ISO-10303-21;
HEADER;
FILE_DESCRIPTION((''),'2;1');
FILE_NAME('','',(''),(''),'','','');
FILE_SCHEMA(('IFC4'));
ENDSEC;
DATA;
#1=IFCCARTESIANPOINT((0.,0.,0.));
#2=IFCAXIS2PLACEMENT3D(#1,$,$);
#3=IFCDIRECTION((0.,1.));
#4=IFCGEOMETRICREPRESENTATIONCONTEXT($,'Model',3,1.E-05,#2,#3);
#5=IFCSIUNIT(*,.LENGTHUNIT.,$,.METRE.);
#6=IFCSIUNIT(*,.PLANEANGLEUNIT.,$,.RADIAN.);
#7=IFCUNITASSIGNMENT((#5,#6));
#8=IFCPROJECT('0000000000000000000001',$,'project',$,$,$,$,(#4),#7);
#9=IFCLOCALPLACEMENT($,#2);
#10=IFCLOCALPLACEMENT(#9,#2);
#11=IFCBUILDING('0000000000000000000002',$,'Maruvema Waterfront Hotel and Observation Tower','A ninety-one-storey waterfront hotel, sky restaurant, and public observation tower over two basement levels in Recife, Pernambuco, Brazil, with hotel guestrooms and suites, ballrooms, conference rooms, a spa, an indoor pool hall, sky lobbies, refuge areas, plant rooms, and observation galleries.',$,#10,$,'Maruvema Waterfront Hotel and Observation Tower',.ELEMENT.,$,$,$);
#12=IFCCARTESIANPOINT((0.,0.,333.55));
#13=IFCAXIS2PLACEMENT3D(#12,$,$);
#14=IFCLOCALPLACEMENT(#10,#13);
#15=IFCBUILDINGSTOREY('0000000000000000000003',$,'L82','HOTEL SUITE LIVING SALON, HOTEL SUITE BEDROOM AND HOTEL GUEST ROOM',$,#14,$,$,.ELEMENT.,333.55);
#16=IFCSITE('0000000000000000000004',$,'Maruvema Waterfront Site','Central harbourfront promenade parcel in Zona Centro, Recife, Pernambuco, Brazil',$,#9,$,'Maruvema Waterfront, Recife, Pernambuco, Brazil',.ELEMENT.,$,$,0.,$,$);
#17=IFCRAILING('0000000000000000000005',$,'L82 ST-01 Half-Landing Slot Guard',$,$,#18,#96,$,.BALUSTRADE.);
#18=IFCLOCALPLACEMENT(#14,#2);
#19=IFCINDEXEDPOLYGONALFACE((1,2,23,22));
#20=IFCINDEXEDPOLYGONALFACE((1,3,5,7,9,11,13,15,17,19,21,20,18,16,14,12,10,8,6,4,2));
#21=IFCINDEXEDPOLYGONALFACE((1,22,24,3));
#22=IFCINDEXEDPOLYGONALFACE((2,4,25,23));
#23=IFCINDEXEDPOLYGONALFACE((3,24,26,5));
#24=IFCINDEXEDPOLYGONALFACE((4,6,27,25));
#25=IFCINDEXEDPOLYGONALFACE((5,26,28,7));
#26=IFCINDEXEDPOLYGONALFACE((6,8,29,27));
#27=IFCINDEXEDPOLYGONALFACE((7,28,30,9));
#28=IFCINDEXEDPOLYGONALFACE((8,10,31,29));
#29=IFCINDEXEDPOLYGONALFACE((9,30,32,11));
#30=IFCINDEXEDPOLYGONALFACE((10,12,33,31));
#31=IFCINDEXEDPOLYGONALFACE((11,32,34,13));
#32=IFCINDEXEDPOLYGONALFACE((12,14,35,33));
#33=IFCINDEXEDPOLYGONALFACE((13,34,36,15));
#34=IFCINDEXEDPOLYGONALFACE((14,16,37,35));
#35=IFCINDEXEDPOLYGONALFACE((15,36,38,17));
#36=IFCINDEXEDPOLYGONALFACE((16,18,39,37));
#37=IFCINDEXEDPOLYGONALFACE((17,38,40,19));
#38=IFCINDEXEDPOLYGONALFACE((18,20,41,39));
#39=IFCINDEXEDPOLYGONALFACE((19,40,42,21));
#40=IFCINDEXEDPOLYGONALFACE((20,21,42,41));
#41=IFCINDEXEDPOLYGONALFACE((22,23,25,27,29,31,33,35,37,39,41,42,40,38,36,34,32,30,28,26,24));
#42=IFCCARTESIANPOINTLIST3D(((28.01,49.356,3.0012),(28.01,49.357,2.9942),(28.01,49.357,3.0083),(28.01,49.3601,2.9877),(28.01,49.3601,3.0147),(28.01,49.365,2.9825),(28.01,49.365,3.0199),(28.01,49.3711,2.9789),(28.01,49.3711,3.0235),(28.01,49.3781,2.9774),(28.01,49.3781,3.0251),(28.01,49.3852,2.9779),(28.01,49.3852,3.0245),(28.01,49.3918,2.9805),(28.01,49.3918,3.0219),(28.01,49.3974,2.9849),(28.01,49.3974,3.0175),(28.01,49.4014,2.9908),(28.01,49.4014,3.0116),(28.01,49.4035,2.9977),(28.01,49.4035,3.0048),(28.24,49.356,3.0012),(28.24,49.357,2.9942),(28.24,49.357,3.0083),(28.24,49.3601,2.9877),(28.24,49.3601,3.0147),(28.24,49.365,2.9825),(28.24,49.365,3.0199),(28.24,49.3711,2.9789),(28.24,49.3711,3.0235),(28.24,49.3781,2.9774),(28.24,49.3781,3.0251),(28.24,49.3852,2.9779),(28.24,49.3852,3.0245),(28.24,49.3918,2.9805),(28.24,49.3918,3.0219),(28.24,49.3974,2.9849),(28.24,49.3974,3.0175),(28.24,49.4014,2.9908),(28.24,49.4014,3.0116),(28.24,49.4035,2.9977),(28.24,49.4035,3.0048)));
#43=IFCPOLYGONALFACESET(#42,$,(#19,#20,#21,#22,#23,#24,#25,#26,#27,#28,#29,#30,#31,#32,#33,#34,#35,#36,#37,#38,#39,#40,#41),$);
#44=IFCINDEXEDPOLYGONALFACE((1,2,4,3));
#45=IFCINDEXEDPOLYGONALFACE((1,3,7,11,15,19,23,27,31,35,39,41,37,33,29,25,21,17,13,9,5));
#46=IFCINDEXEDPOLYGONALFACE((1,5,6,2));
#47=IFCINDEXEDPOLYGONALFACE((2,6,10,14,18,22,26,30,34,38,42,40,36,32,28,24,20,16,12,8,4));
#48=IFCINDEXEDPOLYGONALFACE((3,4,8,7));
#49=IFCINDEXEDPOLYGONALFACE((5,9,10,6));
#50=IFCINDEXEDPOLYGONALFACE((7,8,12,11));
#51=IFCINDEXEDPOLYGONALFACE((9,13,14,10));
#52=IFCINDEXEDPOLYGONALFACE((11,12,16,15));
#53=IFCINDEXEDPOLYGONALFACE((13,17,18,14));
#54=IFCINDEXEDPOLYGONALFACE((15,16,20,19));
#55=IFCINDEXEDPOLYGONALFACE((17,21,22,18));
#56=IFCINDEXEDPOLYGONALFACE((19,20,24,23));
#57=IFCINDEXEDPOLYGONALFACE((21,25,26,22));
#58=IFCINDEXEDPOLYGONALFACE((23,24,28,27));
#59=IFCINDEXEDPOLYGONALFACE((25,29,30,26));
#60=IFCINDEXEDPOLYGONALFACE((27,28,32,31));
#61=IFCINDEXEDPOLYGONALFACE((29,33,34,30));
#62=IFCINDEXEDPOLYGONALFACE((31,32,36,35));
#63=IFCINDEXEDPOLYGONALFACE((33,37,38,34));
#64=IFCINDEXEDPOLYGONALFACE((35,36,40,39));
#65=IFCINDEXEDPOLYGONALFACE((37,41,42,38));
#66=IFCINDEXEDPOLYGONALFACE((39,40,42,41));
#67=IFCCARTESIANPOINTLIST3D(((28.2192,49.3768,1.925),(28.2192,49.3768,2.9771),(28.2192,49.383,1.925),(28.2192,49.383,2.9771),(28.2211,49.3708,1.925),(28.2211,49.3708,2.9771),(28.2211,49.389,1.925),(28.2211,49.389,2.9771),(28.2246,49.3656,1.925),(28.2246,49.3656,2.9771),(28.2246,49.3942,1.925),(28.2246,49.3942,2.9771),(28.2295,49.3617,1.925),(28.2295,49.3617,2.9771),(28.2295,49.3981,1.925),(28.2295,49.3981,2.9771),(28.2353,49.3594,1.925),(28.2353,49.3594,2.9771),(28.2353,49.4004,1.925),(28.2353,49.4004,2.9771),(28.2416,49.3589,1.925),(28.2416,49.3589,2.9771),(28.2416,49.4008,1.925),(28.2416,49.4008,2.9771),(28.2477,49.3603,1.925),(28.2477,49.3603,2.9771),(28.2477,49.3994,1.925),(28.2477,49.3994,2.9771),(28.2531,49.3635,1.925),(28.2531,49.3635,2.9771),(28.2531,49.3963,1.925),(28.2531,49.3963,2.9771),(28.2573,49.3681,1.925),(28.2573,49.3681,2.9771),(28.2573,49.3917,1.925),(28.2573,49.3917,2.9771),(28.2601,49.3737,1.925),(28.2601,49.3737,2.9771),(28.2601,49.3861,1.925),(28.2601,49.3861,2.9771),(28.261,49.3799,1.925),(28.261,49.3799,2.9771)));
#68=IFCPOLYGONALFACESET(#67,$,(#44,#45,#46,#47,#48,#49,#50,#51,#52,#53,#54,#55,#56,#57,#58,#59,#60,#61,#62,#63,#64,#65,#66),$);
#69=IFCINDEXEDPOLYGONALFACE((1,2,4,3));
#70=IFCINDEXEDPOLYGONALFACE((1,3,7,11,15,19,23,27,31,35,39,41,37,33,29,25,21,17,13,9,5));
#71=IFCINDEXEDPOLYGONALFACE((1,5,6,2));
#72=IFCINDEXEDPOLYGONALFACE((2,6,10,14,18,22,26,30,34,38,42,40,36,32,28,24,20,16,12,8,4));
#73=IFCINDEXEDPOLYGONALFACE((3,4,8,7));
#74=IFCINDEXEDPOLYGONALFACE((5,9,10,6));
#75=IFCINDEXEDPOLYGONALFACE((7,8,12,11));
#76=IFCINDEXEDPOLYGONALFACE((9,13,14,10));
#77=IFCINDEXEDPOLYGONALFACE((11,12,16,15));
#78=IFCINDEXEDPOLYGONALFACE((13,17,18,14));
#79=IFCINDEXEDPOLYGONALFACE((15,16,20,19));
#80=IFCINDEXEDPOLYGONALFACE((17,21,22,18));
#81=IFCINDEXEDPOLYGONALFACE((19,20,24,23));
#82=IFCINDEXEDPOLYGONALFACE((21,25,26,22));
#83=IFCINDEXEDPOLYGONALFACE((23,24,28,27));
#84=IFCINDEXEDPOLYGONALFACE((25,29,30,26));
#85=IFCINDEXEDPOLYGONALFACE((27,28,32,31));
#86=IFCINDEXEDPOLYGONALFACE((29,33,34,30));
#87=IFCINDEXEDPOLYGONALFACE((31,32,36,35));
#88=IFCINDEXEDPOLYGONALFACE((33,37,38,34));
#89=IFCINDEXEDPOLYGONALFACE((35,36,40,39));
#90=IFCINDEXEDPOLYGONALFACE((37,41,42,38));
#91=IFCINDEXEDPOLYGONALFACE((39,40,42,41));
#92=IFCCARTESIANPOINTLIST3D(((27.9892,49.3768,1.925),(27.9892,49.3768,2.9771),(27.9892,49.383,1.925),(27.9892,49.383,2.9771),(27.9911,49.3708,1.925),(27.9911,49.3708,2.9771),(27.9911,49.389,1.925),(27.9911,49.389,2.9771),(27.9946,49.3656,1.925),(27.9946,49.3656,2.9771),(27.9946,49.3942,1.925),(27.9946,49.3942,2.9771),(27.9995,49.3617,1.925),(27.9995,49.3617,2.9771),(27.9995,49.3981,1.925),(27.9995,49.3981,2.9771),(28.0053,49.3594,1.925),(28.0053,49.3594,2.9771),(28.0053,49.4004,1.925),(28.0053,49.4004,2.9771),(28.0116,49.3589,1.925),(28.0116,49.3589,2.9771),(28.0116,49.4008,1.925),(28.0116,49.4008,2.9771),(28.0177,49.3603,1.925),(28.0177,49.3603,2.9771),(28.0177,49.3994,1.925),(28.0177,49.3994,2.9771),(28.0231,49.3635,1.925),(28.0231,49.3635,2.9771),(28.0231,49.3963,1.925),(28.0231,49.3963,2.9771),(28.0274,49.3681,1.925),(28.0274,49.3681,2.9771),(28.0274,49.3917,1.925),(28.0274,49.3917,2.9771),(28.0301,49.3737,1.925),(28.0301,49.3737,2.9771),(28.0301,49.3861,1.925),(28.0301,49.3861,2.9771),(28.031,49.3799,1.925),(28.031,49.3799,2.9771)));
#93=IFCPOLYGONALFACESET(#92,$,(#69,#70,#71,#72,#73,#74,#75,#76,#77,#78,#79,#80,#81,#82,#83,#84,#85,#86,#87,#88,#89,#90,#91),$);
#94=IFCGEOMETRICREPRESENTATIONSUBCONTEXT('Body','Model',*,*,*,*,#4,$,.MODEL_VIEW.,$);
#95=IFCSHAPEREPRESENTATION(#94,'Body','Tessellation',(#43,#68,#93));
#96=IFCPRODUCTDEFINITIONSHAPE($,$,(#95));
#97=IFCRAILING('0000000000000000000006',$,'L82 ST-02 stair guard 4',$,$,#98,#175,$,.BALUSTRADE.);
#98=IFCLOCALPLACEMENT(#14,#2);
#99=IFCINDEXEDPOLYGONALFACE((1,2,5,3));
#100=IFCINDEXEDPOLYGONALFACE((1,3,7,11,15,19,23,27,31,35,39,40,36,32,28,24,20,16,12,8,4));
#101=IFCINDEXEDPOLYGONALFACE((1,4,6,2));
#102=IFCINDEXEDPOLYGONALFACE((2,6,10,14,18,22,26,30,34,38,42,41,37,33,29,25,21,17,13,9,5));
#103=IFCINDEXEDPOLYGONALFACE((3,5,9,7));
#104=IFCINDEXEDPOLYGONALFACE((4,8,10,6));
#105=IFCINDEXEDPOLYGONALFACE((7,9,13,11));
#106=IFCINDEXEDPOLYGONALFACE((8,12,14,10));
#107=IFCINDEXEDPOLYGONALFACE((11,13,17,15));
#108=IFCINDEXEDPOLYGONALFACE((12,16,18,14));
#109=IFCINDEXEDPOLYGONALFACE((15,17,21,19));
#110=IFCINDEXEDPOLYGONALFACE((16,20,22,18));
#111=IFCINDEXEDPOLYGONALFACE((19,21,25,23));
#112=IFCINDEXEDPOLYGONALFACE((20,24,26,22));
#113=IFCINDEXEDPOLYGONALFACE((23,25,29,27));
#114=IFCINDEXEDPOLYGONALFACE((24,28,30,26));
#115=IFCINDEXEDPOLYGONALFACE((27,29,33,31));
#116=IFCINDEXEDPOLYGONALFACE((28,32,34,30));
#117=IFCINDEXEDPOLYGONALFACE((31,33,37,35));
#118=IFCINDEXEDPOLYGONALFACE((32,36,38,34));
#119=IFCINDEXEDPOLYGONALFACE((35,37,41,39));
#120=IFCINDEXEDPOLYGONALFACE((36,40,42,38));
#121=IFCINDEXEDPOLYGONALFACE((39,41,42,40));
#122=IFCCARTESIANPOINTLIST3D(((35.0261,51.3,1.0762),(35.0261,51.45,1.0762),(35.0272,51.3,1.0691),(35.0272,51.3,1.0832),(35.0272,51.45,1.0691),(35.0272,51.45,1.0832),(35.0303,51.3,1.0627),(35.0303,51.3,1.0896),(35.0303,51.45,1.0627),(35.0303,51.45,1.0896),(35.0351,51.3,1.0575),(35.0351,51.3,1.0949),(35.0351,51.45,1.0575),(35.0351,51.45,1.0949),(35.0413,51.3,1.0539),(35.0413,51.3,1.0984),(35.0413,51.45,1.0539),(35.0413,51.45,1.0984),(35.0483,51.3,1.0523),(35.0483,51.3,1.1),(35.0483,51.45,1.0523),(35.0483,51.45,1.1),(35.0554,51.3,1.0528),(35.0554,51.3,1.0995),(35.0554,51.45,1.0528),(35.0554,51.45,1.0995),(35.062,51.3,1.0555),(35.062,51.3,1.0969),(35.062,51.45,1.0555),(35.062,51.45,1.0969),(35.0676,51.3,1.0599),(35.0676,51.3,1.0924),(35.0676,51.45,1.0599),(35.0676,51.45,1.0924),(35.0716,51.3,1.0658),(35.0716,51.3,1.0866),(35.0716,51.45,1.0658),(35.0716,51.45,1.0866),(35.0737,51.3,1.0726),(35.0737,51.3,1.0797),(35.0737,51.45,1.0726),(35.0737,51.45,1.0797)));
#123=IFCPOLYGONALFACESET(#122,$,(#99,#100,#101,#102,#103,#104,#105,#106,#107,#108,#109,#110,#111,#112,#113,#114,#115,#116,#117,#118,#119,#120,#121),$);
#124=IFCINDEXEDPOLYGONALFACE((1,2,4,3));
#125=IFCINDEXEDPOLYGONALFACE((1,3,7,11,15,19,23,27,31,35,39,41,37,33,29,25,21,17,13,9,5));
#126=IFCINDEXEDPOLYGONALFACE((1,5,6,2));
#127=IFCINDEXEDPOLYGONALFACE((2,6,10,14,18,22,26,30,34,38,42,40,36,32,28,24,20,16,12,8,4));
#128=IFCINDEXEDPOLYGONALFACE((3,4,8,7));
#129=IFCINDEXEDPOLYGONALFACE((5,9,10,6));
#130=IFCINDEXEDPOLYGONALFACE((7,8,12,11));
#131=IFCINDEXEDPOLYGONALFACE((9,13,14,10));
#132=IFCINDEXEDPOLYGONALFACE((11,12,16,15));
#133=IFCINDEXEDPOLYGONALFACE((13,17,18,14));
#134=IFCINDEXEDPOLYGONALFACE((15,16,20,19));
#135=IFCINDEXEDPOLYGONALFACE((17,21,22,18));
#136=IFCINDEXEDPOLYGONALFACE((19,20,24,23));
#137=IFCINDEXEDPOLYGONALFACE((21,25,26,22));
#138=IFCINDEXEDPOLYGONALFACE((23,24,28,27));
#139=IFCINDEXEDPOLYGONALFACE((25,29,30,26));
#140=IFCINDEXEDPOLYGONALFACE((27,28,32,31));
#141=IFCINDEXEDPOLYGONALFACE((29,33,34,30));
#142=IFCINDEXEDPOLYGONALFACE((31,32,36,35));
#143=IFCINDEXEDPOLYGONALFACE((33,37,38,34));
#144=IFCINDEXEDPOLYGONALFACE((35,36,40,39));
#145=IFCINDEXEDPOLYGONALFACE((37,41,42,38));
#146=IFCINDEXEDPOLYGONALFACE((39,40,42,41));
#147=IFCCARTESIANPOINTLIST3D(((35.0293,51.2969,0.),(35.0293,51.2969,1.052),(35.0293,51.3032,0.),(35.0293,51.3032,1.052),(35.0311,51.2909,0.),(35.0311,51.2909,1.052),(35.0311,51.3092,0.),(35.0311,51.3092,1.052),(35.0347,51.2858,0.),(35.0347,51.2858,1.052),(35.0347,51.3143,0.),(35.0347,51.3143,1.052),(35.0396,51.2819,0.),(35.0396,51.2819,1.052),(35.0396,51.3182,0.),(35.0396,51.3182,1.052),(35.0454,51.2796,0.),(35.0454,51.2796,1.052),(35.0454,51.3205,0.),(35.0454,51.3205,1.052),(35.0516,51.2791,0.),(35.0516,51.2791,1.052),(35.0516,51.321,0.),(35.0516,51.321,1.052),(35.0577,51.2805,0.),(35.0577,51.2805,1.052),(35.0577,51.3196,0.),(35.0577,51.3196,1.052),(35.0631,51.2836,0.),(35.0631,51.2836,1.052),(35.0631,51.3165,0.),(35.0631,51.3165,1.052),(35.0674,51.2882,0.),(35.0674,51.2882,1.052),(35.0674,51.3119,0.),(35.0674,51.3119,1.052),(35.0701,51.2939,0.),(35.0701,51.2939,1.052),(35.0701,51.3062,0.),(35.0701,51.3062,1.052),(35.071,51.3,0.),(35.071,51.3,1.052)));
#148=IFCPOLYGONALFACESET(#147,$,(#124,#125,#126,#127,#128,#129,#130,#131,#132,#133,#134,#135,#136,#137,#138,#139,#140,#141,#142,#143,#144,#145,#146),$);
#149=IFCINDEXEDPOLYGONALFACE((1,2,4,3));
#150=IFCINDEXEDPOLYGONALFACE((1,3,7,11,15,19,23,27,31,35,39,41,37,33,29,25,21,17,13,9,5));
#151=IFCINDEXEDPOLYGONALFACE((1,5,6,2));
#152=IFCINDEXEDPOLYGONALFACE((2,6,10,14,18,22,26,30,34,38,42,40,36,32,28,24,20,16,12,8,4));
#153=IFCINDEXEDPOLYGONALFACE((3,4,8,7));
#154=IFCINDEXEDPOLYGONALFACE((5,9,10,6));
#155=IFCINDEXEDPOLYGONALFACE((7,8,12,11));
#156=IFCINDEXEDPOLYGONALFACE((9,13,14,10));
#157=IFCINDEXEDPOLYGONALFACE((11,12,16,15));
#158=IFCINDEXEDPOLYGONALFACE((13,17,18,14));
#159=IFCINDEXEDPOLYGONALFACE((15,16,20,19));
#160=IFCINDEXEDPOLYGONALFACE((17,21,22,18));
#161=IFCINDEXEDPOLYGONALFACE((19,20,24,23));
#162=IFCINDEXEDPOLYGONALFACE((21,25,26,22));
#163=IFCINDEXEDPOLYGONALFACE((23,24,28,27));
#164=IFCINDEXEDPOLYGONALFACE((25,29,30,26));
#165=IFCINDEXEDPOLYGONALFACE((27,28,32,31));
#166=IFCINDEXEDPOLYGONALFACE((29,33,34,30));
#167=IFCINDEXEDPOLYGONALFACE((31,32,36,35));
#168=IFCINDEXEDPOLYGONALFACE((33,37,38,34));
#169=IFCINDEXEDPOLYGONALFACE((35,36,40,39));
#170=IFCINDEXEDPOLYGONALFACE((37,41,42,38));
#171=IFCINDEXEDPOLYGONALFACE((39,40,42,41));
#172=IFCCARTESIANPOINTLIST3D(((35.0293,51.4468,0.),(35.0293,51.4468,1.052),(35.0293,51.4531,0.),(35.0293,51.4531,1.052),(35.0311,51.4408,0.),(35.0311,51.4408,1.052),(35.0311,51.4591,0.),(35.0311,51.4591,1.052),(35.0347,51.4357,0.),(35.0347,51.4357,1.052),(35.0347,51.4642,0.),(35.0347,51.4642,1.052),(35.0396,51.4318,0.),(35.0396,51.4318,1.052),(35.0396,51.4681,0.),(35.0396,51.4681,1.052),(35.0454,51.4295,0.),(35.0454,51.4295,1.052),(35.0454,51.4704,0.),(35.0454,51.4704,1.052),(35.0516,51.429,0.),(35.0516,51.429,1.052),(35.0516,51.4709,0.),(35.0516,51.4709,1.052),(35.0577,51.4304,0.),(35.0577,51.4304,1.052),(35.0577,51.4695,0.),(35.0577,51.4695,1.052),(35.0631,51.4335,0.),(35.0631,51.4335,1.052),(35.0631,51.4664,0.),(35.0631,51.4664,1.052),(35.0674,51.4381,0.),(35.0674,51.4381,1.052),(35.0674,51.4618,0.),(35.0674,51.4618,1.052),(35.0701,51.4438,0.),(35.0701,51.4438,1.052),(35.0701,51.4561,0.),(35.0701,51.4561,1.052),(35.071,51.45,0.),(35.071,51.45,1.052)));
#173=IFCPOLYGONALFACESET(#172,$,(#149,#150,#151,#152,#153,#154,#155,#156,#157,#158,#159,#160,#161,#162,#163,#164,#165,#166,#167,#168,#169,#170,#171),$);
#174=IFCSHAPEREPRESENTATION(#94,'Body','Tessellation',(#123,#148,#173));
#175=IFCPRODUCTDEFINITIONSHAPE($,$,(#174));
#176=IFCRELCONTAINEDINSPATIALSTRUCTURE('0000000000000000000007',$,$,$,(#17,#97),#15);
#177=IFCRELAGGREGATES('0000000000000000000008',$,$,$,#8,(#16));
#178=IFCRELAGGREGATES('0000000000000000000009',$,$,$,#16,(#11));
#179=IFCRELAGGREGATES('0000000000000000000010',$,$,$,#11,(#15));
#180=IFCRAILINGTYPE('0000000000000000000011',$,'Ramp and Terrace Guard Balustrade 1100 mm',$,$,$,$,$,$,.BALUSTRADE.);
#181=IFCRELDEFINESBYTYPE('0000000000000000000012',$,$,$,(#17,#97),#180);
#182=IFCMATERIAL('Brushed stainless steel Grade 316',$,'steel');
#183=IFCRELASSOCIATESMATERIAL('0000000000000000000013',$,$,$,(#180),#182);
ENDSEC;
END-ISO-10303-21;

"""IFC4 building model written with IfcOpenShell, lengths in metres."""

from ifc_helpers import new_model, si_unit, direction, frame, origin, origin_2d, place, context, subcontext, project, spatial, circle, extrude, material, type_object, element, save


model = new_model("IFC4")

# Units and contexts
model_context = context("Model", 3, precision=1e-05, world=origin(), true_north=direction((0.0, 1.0)))
body_context = subcontext(model_context, "Body", "Model", "MODEL_VIEW")
ifc_project = project(units=[si_unit("LENGTHUNIT", "METRE"), si_unit("PLANEANGLEUNIT", "RADIAN")], contexts=[model_context])

# Site, building, storey
site_placement = place(None, origin())
site = spatial("IfcSite", under=ifc_project, at=site_placement, Name="Maruvema Waterfront Site", Description="Central harbourfront promenade parcel in Zona Centro, Recife, Pernambuco, Brazil", LongName="Maruvema Waterfront, Recife, Pernambuco, Brazil", CompositionType="ELEMENT", RefElevation=0.0)
building_placement = place(site_placement, origin())
building = spatial("IfcBuilding", under=site, at=building_placement, Name="Maruvema Waterfront Hotel and Observation Tower", Description="A ninety-one-storey waterfront hotel, sky restaurant, and public observation tower over two basement levels in Recife, Pernambuco, Brazil, with hotel guestrooms and suites, ballrooms, conference rooms, a spa, an indoor pool hall, sky lobbies, refuge areas, plant rooms, and observation galleries.", LongName="Maruvema Waterfront Hotel and Observation Tower", CompositionType="ELEMENT")
storey_placement = place(building_placement, frame((0.0, 0.0, 333.55)))
storey = spatial("IfcBuildingStorey", under=building, at=storey_placement, Name="L82", Description="HOTEL SUITE LIVING SALON, HOTEL SUITE BEDROOM AND HOTEL GUEST ROOM", CompositionType="ELEMENT", Elevation=333.55)

# Railings
ifc_material_1 = material(Name="Brushed stainless steel Grade 316", Category="steel")
railing_type_1 = type_object("IfcRailingType", Name="Ramp and Terrace Guard Balustrade 1100 mm", PredefinedType="BALUSTRADE", material=ifc_material_1)
railing_1_placement = place(storey_placement, frame((28.24, 49.3799, 1.925)))
element("IfcRailing", 1, at=railing_1_placement, inside=storey, type_object=railing_type_1, Name="L82 ST-01 Half-Landing Slot Guard", PredefinedType="BALUSTRADE", context=body_context, shape_type="SweptSolid", body=[
    extrude(circle(Radius=0.0239, at=origin_2d()), frame((0.0, 0.0, 1.0762), z_axis=(-1.0, 0.0, 0.0), x_axis=(0.0, -1.0, 0.0)), (0.0, 0.0, 1.0), 0.23),
    extrude(circle(Radius=0.021, at=origin_2d()), origin(), (0.0, 0.0, 1.0), 1.052),
    extrude(circle(Radius=0.021, at=origin_2d()), frame((-0.23, 0.0, 0.0)), (0.0, 0.0, 1.0), 1.052),
])
railing_2_placement = place(storey_placement, frame((35.05, 51.3, 0.0)))
element("IfcRailing", 2, at=railing_2_placement, inside=storey, type_object=railing_type_1, Name="L82 ST-02 stair guard 4", PredefinedType="BALUSTRADE", context=body_context, shape_type="SweptSolid", body=[
    extrude(circle(Radius=0.0239, at=origin_2d()), frame((0.0, 0.0, 1.0762), z_axis=(0.0, 1.0, 0.0), x_axis=(-1.0, 0.0, 0.0)), (0.0, 0.0, 1.0), 0.1499),
    extrude(circle(Radius=0.021, at=origin_2d()), origin(), (0.0, 0.0, 1.0), 1.052),
    extrude(circle(Radius=0.021, at=origin_2d()), frame((0.0, 0.1499, 0.0)), (0.0, 0.0, 1.0), 1.052),
])

save(model, "model.ifc")
